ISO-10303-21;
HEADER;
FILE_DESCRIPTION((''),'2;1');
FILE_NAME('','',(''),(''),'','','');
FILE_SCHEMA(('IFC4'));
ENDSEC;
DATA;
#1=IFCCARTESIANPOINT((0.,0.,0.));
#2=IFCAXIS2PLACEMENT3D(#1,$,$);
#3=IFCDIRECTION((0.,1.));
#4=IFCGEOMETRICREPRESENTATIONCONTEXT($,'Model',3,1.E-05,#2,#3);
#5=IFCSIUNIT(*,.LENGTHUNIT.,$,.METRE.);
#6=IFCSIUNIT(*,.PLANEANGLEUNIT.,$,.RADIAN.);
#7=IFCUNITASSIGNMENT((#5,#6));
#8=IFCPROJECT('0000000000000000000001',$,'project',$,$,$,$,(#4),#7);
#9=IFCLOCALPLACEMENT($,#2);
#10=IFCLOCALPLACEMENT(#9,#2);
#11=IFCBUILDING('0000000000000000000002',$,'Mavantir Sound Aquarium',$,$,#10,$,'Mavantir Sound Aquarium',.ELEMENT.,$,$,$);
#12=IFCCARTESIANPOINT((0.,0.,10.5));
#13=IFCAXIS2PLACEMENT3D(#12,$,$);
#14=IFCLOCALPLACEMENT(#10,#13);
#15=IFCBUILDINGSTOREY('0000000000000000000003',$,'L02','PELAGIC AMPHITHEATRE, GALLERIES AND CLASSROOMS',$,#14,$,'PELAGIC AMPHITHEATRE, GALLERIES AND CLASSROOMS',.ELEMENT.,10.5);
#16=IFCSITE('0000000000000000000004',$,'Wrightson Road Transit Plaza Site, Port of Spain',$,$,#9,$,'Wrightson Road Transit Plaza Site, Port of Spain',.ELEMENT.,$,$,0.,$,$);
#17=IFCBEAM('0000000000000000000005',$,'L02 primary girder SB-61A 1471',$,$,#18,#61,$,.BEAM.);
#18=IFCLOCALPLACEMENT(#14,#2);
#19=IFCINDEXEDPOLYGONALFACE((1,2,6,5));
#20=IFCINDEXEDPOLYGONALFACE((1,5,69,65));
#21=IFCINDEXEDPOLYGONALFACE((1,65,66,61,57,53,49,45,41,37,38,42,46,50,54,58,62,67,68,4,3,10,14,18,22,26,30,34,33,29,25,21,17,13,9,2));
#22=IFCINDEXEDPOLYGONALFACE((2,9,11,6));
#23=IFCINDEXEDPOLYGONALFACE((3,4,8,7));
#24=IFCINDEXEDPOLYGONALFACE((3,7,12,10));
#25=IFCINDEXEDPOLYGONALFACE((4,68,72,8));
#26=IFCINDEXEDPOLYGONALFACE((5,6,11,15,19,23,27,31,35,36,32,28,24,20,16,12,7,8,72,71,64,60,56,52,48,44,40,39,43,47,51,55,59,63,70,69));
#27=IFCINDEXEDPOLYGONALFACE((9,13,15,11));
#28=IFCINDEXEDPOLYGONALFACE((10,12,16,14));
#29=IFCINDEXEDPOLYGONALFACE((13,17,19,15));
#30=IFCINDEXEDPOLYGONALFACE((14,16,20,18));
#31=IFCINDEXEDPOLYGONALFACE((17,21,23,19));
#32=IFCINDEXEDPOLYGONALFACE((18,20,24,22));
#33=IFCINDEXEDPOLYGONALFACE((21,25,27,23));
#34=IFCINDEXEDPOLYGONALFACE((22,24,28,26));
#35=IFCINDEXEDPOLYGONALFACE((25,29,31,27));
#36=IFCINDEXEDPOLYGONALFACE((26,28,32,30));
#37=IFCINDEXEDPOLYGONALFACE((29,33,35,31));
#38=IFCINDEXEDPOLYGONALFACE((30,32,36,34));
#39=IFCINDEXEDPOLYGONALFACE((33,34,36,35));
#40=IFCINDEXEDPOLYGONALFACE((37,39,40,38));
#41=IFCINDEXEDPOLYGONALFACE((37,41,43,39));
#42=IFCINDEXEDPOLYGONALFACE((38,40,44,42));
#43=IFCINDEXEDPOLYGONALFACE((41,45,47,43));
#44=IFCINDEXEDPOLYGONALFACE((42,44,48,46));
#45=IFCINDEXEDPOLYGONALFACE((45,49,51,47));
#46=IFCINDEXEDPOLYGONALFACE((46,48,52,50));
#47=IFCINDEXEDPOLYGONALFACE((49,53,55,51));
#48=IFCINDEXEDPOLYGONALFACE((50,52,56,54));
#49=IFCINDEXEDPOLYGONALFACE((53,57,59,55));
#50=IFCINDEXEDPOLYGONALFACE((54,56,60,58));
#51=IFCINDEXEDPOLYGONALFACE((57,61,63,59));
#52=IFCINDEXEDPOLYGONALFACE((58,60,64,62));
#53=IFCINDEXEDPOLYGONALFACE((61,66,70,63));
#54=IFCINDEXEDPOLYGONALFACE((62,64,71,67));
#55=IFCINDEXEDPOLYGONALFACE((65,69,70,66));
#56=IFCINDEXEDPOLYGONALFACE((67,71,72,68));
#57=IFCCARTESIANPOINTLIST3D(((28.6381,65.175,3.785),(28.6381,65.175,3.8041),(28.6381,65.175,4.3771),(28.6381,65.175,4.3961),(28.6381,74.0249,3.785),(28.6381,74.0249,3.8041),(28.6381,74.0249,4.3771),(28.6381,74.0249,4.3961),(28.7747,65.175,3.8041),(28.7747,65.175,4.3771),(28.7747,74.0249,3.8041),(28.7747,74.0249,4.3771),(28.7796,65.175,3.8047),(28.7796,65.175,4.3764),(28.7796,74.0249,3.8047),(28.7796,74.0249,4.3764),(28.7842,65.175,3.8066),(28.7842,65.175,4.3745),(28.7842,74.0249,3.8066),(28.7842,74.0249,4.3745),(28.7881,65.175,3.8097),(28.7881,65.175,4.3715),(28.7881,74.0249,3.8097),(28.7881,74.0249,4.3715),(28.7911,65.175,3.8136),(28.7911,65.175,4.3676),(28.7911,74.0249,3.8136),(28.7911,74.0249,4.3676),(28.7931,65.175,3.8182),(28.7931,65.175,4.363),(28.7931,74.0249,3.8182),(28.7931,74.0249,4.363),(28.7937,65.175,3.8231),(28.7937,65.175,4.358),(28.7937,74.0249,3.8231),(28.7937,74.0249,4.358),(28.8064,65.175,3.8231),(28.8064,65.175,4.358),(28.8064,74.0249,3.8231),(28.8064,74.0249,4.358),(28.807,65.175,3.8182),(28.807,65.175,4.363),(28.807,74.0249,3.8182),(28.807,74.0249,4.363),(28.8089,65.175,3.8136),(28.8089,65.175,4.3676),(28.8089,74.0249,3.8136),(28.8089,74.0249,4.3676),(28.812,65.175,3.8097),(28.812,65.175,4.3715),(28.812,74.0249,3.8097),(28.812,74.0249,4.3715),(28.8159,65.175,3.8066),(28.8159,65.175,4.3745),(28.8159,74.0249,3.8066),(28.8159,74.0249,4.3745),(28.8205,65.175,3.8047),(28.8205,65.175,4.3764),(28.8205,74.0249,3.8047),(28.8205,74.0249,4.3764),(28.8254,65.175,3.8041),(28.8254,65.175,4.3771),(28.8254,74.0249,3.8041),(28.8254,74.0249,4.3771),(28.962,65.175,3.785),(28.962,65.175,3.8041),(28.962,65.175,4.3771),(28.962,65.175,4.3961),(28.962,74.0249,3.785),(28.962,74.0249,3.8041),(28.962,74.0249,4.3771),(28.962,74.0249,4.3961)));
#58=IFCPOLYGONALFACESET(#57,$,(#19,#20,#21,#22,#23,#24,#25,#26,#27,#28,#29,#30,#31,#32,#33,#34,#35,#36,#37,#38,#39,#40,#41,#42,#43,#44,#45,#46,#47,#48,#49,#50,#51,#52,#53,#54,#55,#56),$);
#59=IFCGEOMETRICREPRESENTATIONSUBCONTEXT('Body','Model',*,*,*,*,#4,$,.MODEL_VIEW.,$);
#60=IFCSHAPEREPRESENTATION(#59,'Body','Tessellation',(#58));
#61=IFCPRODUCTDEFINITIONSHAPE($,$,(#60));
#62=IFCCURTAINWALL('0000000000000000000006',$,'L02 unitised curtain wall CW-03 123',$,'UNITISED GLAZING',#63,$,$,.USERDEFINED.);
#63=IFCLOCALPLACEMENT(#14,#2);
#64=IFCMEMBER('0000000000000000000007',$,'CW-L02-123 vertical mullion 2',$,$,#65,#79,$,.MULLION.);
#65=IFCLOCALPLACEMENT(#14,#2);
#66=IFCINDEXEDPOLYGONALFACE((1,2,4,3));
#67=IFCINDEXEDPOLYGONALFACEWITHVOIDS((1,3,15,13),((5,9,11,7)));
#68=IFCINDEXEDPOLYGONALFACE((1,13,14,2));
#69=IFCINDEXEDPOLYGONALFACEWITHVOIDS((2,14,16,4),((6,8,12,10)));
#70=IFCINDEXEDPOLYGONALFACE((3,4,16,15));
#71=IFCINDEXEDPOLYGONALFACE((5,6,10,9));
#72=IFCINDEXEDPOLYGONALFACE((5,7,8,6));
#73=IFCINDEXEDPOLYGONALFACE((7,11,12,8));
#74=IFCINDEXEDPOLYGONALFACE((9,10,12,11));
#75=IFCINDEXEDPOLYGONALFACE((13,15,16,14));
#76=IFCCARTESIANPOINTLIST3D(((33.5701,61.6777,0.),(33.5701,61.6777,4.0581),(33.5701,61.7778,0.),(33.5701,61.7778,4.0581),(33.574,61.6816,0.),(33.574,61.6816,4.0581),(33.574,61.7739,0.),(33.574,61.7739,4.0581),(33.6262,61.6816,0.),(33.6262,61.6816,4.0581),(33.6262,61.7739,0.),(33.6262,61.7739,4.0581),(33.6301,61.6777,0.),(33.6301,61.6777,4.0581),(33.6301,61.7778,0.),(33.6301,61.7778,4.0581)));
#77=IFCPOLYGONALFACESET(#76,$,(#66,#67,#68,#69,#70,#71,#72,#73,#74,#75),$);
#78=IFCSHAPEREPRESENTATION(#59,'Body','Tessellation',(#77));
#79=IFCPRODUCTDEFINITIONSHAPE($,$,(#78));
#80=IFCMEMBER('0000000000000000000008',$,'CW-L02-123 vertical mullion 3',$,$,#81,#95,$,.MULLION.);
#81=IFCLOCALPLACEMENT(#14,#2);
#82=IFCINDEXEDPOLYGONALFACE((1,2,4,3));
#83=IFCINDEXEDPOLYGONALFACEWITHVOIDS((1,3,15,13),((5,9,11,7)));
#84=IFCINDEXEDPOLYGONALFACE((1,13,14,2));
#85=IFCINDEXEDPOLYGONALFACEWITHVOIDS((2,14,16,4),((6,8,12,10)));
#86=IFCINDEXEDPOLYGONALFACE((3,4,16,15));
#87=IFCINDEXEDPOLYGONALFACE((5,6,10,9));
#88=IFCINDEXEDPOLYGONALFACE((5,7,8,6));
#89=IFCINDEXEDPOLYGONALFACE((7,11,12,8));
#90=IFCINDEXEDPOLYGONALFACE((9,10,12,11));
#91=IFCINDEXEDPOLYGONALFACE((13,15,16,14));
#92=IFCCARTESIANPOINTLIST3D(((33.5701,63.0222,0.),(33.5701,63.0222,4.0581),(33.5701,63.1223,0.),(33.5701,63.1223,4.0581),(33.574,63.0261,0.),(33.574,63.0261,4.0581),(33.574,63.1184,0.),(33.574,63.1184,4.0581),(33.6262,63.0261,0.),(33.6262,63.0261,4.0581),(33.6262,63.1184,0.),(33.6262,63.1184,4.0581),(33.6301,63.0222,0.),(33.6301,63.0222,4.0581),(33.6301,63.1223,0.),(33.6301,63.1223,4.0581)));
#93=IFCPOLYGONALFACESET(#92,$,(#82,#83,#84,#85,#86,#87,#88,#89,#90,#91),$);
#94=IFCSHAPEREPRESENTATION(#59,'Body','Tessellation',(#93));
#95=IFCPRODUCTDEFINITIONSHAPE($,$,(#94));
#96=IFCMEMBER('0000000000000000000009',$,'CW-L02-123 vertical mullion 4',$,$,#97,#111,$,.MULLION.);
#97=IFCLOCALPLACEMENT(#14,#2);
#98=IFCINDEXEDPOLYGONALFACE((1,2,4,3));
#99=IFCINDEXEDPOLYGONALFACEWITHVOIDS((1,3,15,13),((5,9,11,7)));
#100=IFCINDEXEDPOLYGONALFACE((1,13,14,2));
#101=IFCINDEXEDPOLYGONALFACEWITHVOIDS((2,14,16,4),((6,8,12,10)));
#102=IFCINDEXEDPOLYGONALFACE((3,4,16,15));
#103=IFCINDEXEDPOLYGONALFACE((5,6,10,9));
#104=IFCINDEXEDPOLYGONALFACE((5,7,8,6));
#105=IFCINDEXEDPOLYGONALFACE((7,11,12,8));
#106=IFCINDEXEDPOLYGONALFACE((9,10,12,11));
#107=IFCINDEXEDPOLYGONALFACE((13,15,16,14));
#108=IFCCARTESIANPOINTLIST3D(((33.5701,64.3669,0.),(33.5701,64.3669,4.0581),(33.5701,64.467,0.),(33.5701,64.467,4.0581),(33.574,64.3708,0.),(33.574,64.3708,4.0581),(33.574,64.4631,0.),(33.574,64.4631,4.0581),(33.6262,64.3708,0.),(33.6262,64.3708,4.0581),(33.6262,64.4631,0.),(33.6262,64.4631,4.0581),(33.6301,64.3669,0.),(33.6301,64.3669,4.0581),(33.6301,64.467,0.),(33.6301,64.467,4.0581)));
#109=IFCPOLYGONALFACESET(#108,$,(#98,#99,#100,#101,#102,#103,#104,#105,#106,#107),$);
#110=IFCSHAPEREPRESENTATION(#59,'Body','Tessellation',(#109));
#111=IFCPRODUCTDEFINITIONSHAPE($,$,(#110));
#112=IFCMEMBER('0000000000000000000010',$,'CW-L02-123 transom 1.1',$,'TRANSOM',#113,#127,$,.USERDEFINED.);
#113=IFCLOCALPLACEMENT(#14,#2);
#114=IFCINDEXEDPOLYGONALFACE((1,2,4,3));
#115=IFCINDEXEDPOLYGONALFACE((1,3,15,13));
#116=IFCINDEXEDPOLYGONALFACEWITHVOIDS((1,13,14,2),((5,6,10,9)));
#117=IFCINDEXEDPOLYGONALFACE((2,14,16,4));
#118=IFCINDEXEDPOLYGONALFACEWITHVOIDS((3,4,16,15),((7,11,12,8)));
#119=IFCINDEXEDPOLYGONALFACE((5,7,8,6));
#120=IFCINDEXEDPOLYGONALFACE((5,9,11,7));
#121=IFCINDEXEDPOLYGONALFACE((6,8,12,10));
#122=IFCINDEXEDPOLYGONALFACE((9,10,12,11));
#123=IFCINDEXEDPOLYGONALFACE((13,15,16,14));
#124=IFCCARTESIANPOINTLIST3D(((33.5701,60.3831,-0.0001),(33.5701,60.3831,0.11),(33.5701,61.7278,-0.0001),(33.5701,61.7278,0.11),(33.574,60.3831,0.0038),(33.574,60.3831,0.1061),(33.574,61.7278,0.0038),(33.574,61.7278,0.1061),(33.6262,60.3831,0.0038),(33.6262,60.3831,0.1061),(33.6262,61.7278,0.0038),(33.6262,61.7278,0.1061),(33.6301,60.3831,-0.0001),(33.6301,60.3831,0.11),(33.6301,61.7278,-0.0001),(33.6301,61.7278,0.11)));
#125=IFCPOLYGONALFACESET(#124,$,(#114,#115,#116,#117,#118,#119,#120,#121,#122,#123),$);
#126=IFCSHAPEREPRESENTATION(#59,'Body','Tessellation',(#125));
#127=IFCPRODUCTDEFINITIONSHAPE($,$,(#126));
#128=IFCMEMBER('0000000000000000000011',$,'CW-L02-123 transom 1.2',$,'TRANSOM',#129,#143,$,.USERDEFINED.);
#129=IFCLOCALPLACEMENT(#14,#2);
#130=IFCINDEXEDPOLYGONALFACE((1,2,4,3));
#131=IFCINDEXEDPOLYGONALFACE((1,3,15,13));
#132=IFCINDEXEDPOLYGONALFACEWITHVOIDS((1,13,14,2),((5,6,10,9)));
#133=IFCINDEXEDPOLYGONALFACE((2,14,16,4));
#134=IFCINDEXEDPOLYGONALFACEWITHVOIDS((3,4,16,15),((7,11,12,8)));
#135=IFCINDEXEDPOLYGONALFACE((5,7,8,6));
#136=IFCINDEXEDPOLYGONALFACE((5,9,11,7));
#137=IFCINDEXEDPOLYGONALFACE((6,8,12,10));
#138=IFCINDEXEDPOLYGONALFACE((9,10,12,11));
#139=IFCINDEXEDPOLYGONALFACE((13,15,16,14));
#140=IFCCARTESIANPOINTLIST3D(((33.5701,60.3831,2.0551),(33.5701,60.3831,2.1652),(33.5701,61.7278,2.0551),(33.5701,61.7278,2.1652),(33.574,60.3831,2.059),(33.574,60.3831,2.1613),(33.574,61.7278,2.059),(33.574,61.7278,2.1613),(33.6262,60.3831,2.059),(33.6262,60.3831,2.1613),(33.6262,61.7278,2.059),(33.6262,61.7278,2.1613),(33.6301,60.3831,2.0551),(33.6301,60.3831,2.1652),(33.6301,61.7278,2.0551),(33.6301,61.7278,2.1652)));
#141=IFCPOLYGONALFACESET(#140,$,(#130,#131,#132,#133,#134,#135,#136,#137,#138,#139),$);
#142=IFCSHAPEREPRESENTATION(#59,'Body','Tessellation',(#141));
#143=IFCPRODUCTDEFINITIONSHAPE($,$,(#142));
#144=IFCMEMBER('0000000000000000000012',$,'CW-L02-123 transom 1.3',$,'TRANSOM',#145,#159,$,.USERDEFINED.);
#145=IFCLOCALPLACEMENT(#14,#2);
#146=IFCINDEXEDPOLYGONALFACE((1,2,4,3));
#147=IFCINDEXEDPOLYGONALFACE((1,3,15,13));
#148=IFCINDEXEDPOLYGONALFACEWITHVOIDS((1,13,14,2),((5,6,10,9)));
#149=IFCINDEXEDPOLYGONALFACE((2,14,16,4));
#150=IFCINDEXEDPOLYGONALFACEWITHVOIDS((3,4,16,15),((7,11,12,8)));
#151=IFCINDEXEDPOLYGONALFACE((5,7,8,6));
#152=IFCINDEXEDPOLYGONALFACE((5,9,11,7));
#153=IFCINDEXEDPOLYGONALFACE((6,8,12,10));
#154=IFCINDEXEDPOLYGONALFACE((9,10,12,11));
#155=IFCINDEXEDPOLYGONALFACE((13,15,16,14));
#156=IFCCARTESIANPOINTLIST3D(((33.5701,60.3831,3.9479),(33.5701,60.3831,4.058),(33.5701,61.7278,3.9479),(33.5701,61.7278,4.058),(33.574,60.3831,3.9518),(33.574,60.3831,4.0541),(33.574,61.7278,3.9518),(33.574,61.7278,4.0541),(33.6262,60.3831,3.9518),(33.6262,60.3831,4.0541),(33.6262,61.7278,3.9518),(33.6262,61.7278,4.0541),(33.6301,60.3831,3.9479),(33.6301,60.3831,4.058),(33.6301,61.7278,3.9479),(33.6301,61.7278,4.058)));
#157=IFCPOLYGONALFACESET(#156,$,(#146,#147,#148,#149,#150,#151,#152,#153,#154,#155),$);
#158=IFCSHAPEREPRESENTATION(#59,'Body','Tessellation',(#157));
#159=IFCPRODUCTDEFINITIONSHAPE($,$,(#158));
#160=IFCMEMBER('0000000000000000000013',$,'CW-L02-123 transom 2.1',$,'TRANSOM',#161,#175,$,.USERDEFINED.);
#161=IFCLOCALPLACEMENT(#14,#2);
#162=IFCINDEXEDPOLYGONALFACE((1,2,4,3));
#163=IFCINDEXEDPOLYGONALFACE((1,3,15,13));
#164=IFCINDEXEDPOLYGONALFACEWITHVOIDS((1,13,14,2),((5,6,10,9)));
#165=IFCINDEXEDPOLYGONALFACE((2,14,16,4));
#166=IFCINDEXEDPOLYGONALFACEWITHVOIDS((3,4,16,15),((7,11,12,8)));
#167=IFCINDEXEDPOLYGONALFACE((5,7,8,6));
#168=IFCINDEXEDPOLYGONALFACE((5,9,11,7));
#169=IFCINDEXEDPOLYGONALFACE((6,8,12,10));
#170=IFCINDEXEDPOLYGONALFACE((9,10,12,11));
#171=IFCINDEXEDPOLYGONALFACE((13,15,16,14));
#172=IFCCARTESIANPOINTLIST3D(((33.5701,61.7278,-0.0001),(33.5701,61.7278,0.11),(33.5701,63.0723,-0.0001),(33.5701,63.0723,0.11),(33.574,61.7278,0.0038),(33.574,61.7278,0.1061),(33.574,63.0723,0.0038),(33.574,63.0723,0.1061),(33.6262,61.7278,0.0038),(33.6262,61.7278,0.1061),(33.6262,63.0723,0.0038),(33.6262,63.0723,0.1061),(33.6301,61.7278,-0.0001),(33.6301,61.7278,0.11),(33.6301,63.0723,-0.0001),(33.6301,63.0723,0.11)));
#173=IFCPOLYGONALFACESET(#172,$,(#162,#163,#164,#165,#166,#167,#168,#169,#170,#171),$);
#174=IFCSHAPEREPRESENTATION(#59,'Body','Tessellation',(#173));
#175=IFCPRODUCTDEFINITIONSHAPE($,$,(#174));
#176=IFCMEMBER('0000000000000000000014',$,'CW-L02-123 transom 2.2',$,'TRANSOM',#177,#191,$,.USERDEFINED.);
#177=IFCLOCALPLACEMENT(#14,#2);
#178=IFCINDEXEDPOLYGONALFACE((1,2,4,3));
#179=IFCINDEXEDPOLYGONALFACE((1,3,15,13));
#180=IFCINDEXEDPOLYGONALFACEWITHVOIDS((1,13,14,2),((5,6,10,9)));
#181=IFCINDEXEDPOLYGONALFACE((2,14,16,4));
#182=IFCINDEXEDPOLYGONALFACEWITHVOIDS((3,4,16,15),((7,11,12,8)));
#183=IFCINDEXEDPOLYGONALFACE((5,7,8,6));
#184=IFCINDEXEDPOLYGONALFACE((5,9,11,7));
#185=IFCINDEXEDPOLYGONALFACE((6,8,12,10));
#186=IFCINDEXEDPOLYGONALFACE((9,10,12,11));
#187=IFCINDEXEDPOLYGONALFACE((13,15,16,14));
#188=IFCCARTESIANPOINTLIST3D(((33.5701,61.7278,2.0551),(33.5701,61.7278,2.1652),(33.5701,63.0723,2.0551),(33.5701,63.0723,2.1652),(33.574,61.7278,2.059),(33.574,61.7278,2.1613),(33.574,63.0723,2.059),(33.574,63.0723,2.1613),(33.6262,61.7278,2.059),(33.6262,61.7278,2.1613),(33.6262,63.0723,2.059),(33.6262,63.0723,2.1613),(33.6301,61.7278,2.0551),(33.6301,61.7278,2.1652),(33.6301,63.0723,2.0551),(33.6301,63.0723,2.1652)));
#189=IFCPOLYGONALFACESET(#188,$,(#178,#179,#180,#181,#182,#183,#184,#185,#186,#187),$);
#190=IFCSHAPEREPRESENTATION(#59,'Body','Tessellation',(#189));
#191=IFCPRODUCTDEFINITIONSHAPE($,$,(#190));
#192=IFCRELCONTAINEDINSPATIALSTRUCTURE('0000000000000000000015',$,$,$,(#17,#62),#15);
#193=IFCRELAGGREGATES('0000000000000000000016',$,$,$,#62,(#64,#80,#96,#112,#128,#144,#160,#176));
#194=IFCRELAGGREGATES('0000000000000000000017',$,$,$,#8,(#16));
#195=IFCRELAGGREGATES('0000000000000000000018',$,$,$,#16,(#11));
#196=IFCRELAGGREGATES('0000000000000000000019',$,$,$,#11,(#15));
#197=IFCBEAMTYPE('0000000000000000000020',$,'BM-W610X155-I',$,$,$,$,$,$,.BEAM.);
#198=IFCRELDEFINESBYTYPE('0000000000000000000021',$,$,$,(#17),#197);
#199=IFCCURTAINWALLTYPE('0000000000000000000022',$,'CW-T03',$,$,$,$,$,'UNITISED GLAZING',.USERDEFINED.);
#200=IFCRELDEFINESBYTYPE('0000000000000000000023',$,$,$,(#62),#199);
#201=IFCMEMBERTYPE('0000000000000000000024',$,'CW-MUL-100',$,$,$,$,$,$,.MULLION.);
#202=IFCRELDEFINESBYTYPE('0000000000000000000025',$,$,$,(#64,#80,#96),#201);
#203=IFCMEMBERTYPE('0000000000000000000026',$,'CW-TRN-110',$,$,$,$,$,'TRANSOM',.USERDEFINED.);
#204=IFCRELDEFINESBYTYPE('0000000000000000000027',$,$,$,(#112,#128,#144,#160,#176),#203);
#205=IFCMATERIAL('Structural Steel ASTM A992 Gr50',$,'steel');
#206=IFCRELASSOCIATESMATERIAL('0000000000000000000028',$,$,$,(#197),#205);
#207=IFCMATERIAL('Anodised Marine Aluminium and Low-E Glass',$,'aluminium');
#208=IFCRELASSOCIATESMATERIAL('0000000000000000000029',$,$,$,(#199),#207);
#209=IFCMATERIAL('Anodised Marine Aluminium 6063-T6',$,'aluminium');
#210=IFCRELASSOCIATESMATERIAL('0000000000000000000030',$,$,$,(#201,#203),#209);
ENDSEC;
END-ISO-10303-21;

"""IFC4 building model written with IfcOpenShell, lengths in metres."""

from ifc_helpers import new_model, si_unit, direction, frame, origin, origin_2d, place, context, subcontext, project, spatial, hollow_rectangle, i_section, extrude, material, material_profile, profile_set, type_object, element, aggregate, save


model = new_model("IFC4")

# Units and contexts
model_context = context("Model", 3, precision=1e-05, world=origin(), true_north=direction((0.0, 1.0)))
body_context = subcontext(model_context, "Body", "Model", "MODEL_VIEW")
ifc_project = project(units=[si_unit("LENGTHUNIT", "METRE"), si_unit("PLANEANGLEUNIT", "RADIAN")], contexts=[model_context])

# Site, building, storey
site_placement = place(None, origin())
site = spatial("IfcSite", under=ifc_project, at=site_placement, Name="Wrightson Road Transit Plaza Site, Port of Spain", LongName="Wrightson Road Transit Plaza Site, Port of Spain", CompositionType="ELEMENT", RefElevation=0.0)
building_placement = place(site_placement, origin())
building = spatial("IfcBuilding", under=site, at=building_placement, Name="Mavantir Sound Aquarium", LongName="Mavantir Sound Aquarium", CompositionType="ELEMENT")
storey_placement = place(building_placement, frame((0.0, 0.0, 10.5)))
storey = spatial("IfcBuildingStorey", under=building, at=storey_placement, Name="L02", Description="PELAGIC AMPHITHEATRE, GALLERIES AND CLASSROOMS", LongName="PELAGIC AMPHITHEATRE, GALLERIES AND CLASSROOMS", CompositionType="ELEMENT", Elevation=10.5)

# Beam
ifc_material_1 = material(Name="Structural Steel ASTM A992 Gr50", Category="steel")
ifc_material_profile_1 = material_profile(ifc_material_1, i_section(OverallWidth=0.324, OverallDepth=0.6111, WebThickness=0.0127, FlangeThickness=0.019, FilletRadius=0.019, at=origin_2d()), Name="W610X155")
ifc_profile_set_1 = profile_set([ifc_material_profile_1], Name="Structural Steel ASTM A992 Gr50")
beam_type_1 = type_object("IfcBeamType", Name="BM-W610X155-I", PredefinedType="BEAM", material=ifc_profile_set_1)
beam_1_placement = place(storey_placement, frame((28.8, 65.175, 4.0906), z_axis=(0.0, 1.0, 0.0), x_axis=(-1.0, 0.0, 0.0)))
element("IfcBeam", 1, at=beam_1_placement, inside=storey, type_object=beam_type_1, Name="L02 primary girder SB-61A 1471", PredefinedType="BEAM", context=body_context, shape_type="SweptSolid", body=[
    extrude(i_section(OverallWidth=0.324, OverallDepth=0.6111, WebThickness=0.0127, FlangeThickness=0.019, FilletRadius=0.019, at=origin_2d()), origin(), (0.0, 0.0, 1.0), 8.8499),
])

# Curtain wall, members
ifc_material_2 = material(Name="Anodised Marine Aluminium and Low-E Glass", Category="aluminium")
curtain_wall_type = type_object("IfcCurtainWallType", Name="CW-T03", ElementType="UNITISED GLAZING", PredefinedType="USERDEFINED", material=ifc_material_2)
curtain_wall_placement = place(storey_placement, origin())
curtain_wall = element("IfcCurtainWall", 2, at=curtain_wall_placement, inside=storey, type_object=curtain_wall_type, Name="L02 unitised curtain wall CW-03 123", ObjectType="UNITISED GLAZING", PredefinedType="USERDEFINED")
ifc_material_3 = material(Name="Anodised Marine Aluminium 6063-T6", Category="aluminium")
ifc_material_profile_2 = material_profile(ifc_material_3, hollow_rectangle(XDim=0.0601, YDim=0.1001, WallThickness=0.0039, at=origin_2d()), Name="ALU-MULLION-100X60")
ifc_profile_set_2 = profile_set([ifc_material_profile_2], Name="Anodised Marine Aluminium 6063-T6")
member_type_1 = type_object("IfcMemberType", Name="CW-MUL-100", PredefinedType="MULLION", material=ifc_profile_set_2)
member_1_placement = place(storey_placement, frame((33.6001, 61.7278, 0.0), z_axis=(0.0, 0.0, 1.0), x_axis=(1.0, 0.0, 0.0)))
member_1 = element("IfcMember", 3, at=member_1_placement, type_object=member_type_1, Name="CW-L02-123 vertical mullion 2", PredefinedType="MULLION", context=body_context, shape_type="SweptSolid", body=[
    extrude(hollow_rectangle(XDim=0.0601, YDim=0.1001, WallThickness=0.0039, at=origin_2d()), origin(), (0.0, 0.0, 1.0), 4.0581),
])
member_2_placement = place(storey_placement, frame((33.6001, 63.0723, 0.0), z_axis=(0.0, 0.0, 1.0), x_axis=(1.0, 0.0, 0.0)))
member_2 = element("IfcMember", 4, at=member_2_placement, type_object=member_type_1, Name="CW-L02-123 vertical mullion 3", PredefinedType="MULLION", context=body_context, shape_type="SweptSolid", body=[
    extrude(hollow_rectangle(XDim=0.0601, YDim=0.1001, WallThickness=0.0039, at=origin_2d()), origin(), (0.0, 0.0, 1.0), 4.0581),
])
member_3_placement = place(storey_placement, frame((33.6001, 64.417, 0.0), z_axis=(0.0, 0.0, 1.0), x_axis=(1.0, 0.0, 0.0)))
member_3 = element("IfcMember", 5, at=member_3_placement, type_object=member_type_1, Name="CW-L02-123 vertical mullion 4", PredefinedType="MULLION", context=body_context, shape_type="SweptSolid", body=[
    extrude(hollow_rectangle(XDim=0.0601, YDim=0.1001, WallThickness=0.0039, at=origin_2d()), origin(), (0.0, 0.0, 1.0), 4.0581),
])
ifc_material_profile_3 = material_profile(ifc_material_3, hollow_rectangle(XDim=0.0601, YDim=0.1101, WallThickness=0.0039, at=origin_2d()), Name="ALU-TRANSOM-110X60")
ifc_profile_set_3 = profile_set([ifc_material_profile_3], Name="Anodised Marine Aluminium 6063-T6")
member_type_2 = type_object("IfcMemberType", Name="CW-TRN-110", ElementType="TRANSOM", PredefinedType="USERDEFINED", material=ifc_profile_set_3)
member_4_placement = place(storey_placement, frame((33.6001, 60.3831, 0.0549), z_axis=(0.0, 1.0, 0.0), x_axis=(-1.0, 0.0, 0.0)))
member_4 = element("IfcMember", 6, at=member_4_placement, type_object=member_type_2, Name="CW-L02-123 transom 1.1", ObjectType="TRANSOM", PredefinedType="USERDEFINED", context=body_context, shape_type="SweptSolid", body=[
    extrude(hollow_rectangle(XDim=0.0601, YDim=0.1101, WallThickness=0.0039, at=origin_2d()), origin(), (0.0, 0.0, 1.0), 1.3447),
])
member_5_placement = place(storey_placement, frame((33.6001, 60.3831, 2.1101), z_axis=(0.0, 1.0, 0.0), x_axis=(-1.0, 0.0, 0.0)))
member_5 = element("IfcMember", 7, at=member_5_placement, type_object=member_type_2, Name="CW-L02-123 transom 1.2", ObjectType="TRANSOM", PredefinedType="USERDEFINED", context=body_context, shape_type="SweptSolid", body=[
    extrude(hollow_rectangle(XDim=0.0601, YDim=0.1101, WallThickness=0.0039, at=origin_2d()), origin(), (0.0, 0.0, 1.0), 1.3447),
])
member_6_placement = place(storey_placement, frame((33.6001, 60.3831, 4.0029), z_axis=(0.0, 1.0, 0.0), x_axis=(-1.0, 0.0, 0.0)))
member_6 = element("IfcMember", 8, at=member_6_placement, type_object=member_type_2, Name="CW-L02-123 transom 1.3", ObjectType="TRANSOM", PredefinedType="USERDEFINED", context=body_context, shape_type="SweptSolid", body=[
    extrude(hollow_rectangle(XDim=0.0601, YDim=0.1101, WallThickness=0.0039, at=origin_2d()), origin(), (0.0, 0.0, 1.0), 1.3447),
])
member_7_placement = place(storey_placement, frame((33.6001, 61.7278, 0.0549), z_axis=(0.0, 1.0, 0.0), x_axis=(-1.0, 0.0, 0.0)))
member_7 = element("IfcMember", 9, at=member_7_placement, type_object=member_type_2, Name="CW-L02-123 transom 2.1", ObjectType="TRANSOM", PredefinedType="USERDEFINED", context=body_context, shape_type="SweptSolid", body=[
    extrude(hollow_rectangle(XDim=0.0601, YDim=0.1101, WallThickness=0.0039, at=origin_2d()), origin(), (0.0, 0.0, 1.0), 1.3445),
])
member_8_placement = place(storey_placement, frame((33.6001, 61.7278, 2.1101), z_axis=(0.0, 1.0, 0.0), x_axis=(-1.0, 0.0, 0.0)))
member_8 = element("IfcMember", 10, at=member_8_placement, type_object=member_type_2, Name="CW-L02-123 transom 2.2", ObjectType="TRANSOM", PredefinedType="USERDEFINED", context=body_context, shape_type="SweptSolid", body=[
    extrude(hollow_rectangle(XDim=0.0601, YDim=0.1101, WallThickness=0.0039, at=origin_2d()), origin(), (0.0, 0.0, 1.0), 1.3445),
])
aggregate(curtain_wall, [member_1, member_2, member_3, member_4, member_5, member_6, member_7, member_8])

save(model, "model.ifc")
